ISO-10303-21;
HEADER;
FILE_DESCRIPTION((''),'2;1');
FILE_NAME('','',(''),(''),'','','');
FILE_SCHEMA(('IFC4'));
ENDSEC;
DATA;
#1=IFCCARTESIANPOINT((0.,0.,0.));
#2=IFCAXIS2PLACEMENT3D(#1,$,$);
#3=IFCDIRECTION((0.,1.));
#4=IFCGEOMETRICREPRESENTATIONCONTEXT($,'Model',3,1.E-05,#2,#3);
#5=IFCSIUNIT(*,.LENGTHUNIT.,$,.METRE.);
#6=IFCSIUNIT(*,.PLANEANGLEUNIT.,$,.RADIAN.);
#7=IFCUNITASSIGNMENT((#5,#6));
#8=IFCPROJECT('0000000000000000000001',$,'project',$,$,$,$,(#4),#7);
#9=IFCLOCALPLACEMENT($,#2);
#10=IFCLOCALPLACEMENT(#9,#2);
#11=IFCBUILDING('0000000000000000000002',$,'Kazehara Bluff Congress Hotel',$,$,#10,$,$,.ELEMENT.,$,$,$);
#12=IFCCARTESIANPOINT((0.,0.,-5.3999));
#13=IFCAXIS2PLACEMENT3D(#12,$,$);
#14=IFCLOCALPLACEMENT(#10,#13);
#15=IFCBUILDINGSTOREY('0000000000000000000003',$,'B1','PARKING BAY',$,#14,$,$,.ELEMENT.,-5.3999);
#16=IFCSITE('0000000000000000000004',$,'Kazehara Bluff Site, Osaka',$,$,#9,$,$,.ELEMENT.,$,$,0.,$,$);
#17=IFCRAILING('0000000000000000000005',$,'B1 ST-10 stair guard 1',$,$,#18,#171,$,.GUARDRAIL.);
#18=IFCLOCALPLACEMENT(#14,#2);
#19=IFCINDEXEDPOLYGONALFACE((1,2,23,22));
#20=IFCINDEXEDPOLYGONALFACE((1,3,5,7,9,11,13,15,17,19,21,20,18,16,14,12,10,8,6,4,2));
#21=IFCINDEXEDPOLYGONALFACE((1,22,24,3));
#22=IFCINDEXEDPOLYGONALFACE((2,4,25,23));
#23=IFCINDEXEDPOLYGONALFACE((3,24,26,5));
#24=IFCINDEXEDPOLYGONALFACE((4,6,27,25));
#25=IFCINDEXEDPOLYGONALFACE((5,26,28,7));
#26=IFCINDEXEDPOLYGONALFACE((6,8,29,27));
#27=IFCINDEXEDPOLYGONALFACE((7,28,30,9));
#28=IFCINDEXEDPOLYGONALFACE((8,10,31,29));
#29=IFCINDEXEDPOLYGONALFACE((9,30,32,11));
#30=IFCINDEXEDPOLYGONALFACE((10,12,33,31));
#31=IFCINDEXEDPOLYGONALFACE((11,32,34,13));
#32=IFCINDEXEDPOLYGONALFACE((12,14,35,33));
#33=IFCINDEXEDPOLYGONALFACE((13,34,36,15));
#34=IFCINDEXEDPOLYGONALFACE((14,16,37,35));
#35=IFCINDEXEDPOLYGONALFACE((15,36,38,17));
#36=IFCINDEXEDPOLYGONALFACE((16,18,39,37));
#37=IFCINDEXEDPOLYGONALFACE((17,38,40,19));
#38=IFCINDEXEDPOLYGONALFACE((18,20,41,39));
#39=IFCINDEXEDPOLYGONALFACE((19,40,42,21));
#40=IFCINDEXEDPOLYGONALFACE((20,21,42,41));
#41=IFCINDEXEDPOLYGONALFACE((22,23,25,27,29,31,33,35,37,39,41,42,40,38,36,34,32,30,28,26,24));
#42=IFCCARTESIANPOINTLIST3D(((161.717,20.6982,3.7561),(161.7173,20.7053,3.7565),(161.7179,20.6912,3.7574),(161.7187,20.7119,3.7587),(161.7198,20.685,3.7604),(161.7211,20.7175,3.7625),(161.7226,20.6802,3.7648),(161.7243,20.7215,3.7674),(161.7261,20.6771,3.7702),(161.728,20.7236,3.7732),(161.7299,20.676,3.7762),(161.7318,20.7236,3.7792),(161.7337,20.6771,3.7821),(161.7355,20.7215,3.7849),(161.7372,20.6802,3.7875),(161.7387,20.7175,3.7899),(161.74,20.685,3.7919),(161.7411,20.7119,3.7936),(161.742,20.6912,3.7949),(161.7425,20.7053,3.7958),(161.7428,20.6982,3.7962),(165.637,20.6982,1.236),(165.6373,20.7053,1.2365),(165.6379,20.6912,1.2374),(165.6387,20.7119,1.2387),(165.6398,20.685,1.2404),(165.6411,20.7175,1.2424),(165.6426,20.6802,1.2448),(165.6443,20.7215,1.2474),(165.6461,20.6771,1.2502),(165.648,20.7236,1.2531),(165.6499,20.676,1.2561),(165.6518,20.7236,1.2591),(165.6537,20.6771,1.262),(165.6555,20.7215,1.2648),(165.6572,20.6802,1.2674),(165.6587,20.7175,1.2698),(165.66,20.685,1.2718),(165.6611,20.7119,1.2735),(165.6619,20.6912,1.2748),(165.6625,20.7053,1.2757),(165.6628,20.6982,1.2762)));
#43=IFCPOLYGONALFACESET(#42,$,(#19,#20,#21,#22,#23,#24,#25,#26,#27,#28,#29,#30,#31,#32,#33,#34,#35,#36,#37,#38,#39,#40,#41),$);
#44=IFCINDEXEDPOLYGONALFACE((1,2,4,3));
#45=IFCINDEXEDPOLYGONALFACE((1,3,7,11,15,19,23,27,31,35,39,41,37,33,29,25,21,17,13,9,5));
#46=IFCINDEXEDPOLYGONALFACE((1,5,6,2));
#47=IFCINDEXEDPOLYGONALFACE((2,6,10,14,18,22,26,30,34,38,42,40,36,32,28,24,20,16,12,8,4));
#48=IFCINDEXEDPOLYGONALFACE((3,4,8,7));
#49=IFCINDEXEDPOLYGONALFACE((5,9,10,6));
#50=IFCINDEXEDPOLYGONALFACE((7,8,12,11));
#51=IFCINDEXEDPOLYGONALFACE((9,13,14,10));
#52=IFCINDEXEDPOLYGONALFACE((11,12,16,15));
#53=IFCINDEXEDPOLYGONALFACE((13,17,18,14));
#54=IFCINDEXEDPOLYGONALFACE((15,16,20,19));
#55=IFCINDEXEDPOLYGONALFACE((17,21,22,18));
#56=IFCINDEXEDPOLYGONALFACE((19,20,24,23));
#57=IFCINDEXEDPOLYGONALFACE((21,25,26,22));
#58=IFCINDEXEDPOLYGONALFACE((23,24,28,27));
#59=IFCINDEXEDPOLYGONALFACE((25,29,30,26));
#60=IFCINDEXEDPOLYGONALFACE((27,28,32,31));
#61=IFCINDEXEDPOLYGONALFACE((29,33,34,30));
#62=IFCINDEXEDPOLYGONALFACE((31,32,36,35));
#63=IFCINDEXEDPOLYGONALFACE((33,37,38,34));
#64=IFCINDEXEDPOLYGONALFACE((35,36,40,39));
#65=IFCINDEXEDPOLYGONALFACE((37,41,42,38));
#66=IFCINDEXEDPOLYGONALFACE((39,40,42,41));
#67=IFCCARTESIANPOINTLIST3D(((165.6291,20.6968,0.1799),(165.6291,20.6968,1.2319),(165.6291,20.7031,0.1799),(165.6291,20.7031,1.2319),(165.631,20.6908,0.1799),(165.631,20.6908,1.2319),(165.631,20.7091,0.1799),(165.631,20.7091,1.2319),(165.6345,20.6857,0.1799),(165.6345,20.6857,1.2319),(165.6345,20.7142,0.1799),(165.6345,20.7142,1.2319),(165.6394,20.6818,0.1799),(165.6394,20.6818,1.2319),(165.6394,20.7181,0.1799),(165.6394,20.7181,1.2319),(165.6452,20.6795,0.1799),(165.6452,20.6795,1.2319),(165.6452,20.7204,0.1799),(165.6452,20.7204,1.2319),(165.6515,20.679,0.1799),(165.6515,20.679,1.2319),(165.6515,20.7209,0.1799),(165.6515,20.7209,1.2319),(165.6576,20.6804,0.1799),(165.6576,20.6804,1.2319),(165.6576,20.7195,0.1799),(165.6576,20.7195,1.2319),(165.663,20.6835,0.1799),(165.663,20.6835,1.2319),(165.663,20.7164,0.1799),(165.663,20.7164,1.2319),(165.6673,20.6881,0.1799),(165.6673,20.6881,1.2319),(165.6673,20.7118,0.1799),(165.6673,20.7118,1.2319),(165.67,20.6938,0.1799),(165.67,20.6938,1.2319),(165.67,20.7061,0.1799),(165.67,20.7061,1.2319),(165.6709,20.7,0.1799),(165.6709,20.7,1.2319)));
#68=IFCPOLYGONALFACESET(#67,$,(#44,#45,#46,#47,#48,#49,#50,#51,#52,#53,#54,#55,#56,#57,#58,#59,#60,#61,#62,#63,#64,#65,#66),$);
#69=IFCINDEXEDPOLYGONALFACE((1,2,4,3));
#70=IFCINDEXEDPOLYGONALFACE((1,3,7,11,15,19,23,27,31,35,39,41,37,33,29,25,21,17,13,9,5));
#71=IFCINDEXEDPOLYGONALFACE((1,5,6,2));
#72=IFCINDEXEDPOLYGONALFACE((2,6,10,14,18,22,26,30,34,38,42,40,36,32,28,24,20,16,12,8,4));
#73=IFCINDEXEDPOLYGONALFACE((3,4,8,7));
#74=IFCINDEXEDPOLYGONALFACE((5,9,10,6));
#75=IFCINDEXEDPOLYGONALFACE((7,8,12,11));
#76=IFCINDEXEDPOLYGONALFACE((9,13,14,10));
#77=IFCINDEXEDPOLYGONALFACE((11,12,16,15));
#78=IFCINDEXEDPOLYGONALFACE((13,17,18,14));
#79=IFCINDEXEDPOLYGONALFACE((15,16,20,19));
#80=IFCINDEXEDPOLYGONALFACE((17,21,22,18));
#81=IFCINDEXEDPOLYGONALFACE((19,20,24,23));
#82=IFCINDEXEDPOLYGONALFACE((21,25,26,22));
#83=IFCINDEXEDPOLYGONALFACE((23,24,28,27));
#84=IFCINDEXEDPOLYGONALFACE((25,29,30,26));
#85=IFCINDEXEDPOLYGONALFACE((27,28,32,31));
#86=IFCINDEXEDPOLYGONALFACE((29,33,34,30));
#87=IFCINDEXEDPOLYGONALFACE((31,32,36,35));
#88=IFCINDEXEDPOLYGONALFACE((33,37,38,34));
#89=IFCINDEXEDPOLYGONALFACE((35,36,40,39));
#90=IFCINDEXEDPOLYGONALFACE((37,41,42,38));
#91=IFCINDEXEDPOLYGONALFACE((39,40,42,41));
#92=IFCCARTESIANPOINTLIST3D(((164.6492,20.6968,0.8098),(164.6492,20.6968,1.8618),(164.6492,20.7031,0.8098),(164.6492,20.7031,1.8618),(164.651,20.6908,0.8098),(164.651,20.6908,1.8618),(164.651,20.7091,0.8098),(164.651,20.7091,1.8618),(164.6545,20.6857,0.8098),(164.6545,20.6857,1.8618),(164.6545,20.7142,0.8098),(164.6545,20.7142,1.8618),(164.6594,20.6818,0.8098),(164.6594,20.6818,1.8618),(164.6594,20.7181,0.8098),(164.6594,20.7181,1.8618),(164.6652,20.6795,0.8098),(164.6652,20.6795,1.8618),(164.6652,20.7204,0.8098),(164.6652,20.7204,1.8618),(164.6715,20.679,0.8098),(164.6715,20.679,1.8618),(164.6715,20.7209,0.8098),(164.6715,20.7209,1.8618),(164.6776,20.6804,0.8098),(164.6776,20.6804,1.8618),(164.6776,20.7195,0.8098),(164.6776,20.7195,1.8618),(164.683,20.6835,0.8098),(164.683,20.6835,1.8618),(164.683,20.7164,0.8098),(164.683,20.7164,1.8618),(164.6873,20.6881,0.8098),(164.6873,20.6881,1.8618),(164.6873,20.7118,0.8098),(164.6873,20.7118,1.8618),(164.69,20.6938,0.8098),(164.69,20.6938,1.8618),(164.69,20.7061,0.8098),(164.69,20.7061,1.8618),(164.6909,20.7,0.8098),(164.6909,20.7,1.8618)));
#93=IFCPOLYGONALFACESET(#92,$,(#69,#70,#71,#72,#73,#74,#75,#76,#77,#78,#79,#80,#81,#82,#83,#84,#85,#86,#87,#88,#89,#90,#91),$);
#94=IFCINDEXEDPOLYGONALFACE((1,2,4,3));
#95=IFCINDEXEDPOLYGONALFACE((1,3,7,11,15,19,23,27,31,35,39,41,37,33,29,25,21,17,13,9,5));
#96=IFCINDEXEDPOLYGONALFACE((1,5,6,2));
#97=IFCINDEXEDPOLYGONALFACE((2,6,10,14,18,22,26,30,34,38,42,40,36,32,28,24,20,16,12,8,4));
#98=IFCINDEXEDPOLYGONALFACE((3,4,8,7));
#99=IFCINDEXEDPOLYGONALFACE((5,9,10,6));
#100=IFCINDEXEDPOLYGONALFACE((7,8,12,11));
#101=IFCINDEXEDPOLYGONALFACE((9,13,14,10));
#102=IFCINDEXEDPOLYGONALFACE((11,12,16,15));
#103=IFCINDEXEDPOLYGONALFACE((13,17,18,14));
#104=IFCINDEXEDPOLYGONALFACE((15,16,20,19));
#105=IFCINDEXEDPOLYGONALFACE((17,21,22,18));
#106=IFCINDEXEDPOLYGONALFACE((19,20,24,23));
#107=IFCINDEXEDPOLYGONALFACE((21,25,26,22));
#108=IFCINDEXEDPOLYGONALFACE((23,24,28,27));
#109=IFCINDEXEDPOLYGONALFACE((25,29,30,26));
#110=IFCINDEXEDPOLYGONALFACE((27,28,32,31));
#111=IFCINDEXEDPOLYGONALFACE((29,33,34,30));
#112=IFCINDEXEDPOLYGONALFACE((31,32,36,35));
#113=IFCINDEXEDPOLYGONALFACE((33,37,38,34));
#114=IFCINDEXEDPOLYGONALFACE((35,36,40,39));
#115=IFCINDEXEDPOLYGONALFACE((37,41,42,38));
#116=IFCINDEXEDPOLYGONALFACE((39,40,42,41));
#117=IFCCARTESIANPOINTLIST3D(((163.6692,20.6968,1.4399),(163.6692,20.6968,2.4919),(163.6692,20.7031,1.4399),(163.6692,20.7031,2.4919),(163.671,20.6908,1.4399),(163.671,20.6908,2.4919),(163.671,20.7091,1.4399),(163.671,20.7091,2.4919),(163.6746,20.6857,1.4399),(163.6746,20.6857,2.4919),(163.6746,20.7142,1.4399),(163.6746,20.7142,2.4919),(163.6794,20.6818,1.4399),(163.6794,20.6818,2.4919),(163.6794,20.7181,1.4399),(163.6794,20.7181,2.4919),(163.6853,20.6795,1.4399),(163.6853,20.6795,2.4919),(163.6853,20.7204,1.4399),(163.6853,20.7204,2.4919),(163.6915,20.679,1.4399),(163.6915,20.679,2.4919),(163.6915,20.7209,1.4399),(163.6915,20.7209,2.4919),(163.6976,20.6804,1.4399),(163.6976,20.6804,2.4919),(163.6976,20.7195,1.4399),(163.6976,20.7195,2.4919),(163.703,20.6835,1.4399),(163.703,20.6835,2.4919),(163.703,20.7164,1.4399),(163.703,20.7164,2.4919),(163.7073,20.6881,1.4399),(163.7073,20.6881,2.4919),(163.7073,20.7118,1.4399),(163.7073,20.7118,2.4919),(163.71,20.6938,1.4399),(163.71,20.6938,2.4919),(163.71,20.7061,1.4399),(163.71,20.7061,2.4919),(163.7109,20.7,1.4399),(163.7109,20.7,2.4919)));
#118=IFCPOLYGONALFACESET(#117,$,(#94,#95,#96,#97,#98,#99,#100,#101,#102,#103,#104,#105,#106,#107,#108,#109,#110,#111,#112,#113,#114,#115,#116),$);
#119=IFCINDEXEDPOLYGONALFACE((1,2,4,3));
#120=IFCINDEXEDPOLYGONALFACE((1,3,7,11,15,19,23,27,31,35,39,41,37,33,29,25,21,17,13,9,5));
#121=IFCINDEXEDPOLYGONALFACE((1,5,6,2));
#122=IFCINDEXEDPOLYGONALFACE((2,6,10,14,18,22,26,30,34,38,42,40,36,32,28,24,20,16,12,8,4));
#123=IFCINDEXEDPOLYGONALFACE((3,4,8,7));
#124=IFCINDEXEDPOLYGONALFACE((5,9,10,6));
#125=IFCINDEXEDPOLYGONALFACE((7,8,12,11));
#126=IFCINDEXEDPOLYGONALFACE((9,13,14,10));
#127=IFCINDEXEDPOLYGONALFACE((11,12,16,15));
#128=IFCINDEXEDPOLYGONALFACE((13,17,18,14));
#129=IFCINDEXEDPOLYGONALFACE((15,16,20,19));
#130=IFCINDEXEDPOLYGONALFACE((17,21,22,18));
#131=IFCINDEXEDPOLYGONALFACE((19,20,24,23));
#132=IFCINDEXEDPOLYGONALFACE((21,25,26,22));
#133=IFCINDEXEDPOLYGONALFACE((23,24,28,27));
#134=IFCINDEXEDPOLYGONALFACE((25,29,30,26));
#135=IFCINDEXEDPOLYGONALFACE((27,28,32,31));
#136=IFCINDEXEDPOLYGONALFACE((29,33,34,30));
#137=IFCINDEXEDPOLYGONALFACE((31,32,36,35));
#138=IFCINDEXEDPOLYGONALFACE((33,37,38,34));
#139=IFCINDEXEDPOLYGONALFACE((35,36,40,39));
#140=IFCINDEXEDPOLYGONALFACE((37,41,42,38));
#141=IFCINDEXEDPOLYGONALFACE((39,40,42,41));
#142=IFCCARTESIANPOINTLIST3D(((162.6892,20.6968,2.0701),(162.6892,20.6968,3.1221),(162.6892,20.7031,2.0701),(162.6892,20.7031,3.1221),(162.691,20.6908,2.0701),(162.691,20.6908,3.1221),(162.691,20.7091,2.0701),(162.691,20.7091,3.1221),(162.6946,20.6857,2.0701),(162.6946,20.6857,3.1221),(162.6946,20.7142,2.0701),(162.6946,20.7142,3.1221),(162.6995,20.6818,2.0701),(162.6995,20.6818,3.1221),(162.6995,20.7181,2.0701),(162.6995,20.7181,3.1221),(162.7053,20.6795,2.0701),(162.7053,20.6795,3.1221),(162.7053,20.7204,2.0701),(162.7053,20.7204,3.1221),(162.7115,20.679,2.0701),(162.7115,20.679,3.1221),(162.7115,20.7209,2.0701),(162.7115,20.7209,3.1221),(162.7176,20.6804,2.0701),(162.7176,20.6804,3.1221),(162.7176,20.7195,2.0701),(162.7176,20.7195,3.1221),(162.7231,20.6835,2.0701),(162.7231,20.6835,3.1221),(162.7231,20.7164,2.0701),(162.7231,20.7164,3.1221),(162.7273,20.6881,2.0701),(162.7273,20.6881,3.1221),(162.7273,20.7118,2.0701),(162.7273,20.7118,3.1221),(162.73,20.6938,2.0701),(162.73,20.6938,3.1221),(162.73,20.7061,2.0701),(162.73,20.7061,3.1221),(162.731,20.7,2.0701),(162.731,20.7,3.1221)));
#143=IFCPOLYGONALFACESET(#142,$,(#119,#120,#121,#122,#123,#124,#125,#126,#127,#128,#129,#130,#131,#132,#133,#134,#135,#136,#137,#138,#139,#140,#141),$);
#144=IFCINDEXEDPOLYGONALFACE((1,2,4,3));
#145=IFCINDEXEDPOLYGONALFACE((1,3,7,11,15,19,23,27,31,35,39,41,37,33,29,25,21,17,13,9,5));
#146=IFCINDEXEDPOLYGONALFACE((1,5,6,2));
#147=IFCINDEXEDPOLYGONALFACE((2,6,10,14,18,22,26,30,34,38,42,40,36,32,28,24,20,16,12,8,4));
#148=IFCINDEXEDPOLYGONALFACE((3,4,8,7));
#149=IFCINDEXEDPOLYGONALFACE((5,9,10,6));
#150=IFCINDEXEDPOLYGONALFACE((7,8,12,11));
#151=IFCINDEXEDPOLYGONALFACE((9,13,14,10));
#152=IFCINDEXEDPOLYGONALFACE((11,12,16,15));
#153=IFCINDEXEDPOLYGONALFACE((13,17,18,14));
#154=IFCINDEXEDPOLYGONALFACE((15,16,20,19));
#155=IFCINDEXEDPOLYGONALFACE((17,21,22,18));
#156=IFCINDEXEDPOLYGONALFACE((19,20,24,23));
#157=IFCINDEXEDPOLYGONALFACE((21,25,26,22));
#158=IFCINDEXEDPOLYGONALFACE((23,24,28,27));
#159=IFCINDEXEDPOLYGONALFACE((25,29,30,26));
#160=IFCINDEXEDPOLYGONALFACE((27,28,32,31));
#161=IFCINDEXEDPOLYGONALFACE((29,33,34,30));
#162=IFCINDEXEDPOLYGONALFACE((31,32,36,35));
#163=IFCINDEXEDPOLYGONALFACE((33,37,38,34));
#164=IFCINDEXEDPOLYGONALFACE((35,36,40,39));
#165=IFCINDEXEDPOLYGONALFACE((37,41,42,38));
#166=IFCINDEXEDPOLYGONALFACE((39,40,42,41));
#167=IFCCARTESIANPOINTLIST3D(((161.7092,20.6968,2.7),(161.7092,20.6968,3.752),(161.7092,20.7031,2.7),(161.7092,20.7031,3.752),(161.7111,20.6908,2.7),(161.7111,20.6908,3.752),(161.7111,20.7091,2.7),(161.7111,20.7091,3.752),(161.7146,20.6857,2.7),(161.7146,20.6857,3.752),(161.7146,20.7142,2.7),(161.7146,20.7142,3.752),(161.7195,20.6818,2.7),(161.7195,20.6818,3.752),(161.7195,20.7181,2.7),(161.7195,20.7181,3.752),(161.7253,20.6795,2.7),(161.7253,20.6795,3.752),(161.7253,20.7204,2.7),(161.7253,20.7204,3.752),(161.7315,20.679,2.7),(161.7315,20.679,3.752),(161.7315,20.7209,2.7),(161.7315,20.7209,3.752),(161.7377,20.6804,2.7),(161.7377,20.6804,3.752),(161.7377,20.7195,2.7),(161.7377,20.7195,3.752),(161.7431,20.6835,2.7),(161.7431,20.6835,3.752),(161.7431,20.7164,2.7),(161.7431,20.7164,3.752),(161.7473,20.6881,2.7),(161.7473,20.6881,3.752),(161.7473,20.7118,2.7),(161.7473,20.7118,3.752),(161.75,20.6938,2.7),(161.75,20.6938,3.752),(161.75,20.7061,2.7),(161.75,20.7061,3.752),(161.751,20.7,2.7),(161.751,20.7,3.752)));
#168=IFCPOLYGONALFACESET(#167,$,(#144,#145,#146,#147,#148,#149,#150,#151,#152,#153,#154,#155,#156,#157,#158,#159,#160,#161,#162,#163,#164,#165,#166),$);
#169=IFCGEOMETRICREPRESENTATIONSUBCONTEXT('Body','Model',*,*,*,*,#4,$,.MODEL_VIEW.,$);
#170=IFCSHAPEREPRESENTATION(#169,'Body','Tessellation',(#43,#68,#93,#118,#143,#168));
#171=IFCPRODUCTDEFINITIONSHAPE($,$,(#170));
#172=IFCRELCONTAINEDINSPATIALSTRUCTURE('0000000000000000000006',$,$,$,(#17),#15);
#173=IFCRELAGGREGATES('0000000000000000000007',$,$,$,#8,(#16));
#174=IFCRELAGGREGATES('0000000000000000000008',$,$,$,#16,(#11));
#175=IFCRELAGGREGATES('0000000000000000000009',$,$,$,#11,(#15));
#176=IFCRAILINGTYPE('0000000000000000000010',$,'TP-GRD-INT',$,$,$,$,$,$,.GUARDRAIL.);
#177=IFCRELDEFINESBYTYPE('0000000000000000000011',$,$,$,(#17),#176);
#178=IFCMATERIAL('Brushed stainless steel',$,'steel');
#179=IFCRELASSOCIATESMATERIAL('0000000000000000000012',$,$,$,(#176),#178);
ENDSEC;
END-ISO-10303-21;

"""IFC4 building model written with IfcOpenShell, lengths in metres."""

from ifc_helpers import new_model, si_unit, direction, frame, origin, origin_2d, place, context, subcontext, project, spatial, circle, extrude, material, type_object, element, save


model = new_model("IFC4")

# Units and contexts
model_context = context("Model", 3, precision=1e-05, world=origin(), true_north=direction((0.0, 1.0)))
body_context = subcontext(model_context, "Body", "Model", "MODEL_VIEW")
ifc_project = project(units=[si_unit("LENGTHUNIT", "METRE"), si_unit("PLANEANGLEUNIT", "RADIAN")], contexts=[model_context])

# Site, building, storey
site_placement = place(None, origin())
site = spatial("IfcSite", under=ifc_project, at=site_placement, Name="Kazehara Bluff Site, Osaka", CompositionType="ELEMENT", RefElevation=0.0)
building_placement = place(site_placement, origin())
building = spatial("IfcBuilding", under=site, at=building_placement, Name="Kazehara Bluff Congress Hotel", CompositionType="ELEMENT")
storey_placement = place(building_placement, frame((0.0, 0.0, -5.3999)))
storey = spatial("IfcBuildingStorey", under=building, at=storey_placement, Name="B1", Description="PARKING BAY", CompositionType="ELEMENT", Elevation=-5.3999)

# Railing
ifc_material_1 = material(Name="Brushed stainless steel", Category="steel")
railing_type_1 = type_object("IfcRailingType", Name="TP-GRD-INT", PredefinedType="GUARDRAIL", material=ifc_material_1)
railing_1_placement = place(storey_placement, frame((165.6499, 20.7, 0.1799)))
element("IfcRailing", 1, at=railing_1_placement, inside=storey, type_object=railing_type_1, Name="B1 ST-10 stair guard 1", PredefinedType="GUARDRAIL", context=body_context, shape_type="SweptSolid", body=[
    extrude(circle(Radius=0.0239, at=origin_2d()), frame((0.0, 0.0, 1.0762), z_axis=(-0.841172, 0.0, 0.540768), x_axis=(0.0, -1.0, 0.0)), (0.0, 0.0, 1.0), 4.6602),
    extrude(circle(Radius=0.021, at=origin_2d()), origin(), (0.0, 0.0, 1.0), 1.052),
    extrude(circle(Radius=0.021, at=origin_2d()), frame((-0.98, 0.0, 0.6299)), (0.0, 0.0, 1.0), 1.052),
    extrude(circle(Radius=0.021, at=origin_2d()), frame((-1.96, 0.0, 1.26)), (0.0, 0.0, 1.0), 1.052),
    extrude(circle(Radius=0.021, at=origin_2d()), frame((-2.9399, 0.0, 1.8901)), (0.0, 0.0, 1.0), 1.052),
    extrude(circle(Radius=0.021, at=origin_2d()), frame((-3.9199, 0.0, 2.52)), (0.0, 0.0, 1.0), 1.052),
])

save(model, "model.ifc")
